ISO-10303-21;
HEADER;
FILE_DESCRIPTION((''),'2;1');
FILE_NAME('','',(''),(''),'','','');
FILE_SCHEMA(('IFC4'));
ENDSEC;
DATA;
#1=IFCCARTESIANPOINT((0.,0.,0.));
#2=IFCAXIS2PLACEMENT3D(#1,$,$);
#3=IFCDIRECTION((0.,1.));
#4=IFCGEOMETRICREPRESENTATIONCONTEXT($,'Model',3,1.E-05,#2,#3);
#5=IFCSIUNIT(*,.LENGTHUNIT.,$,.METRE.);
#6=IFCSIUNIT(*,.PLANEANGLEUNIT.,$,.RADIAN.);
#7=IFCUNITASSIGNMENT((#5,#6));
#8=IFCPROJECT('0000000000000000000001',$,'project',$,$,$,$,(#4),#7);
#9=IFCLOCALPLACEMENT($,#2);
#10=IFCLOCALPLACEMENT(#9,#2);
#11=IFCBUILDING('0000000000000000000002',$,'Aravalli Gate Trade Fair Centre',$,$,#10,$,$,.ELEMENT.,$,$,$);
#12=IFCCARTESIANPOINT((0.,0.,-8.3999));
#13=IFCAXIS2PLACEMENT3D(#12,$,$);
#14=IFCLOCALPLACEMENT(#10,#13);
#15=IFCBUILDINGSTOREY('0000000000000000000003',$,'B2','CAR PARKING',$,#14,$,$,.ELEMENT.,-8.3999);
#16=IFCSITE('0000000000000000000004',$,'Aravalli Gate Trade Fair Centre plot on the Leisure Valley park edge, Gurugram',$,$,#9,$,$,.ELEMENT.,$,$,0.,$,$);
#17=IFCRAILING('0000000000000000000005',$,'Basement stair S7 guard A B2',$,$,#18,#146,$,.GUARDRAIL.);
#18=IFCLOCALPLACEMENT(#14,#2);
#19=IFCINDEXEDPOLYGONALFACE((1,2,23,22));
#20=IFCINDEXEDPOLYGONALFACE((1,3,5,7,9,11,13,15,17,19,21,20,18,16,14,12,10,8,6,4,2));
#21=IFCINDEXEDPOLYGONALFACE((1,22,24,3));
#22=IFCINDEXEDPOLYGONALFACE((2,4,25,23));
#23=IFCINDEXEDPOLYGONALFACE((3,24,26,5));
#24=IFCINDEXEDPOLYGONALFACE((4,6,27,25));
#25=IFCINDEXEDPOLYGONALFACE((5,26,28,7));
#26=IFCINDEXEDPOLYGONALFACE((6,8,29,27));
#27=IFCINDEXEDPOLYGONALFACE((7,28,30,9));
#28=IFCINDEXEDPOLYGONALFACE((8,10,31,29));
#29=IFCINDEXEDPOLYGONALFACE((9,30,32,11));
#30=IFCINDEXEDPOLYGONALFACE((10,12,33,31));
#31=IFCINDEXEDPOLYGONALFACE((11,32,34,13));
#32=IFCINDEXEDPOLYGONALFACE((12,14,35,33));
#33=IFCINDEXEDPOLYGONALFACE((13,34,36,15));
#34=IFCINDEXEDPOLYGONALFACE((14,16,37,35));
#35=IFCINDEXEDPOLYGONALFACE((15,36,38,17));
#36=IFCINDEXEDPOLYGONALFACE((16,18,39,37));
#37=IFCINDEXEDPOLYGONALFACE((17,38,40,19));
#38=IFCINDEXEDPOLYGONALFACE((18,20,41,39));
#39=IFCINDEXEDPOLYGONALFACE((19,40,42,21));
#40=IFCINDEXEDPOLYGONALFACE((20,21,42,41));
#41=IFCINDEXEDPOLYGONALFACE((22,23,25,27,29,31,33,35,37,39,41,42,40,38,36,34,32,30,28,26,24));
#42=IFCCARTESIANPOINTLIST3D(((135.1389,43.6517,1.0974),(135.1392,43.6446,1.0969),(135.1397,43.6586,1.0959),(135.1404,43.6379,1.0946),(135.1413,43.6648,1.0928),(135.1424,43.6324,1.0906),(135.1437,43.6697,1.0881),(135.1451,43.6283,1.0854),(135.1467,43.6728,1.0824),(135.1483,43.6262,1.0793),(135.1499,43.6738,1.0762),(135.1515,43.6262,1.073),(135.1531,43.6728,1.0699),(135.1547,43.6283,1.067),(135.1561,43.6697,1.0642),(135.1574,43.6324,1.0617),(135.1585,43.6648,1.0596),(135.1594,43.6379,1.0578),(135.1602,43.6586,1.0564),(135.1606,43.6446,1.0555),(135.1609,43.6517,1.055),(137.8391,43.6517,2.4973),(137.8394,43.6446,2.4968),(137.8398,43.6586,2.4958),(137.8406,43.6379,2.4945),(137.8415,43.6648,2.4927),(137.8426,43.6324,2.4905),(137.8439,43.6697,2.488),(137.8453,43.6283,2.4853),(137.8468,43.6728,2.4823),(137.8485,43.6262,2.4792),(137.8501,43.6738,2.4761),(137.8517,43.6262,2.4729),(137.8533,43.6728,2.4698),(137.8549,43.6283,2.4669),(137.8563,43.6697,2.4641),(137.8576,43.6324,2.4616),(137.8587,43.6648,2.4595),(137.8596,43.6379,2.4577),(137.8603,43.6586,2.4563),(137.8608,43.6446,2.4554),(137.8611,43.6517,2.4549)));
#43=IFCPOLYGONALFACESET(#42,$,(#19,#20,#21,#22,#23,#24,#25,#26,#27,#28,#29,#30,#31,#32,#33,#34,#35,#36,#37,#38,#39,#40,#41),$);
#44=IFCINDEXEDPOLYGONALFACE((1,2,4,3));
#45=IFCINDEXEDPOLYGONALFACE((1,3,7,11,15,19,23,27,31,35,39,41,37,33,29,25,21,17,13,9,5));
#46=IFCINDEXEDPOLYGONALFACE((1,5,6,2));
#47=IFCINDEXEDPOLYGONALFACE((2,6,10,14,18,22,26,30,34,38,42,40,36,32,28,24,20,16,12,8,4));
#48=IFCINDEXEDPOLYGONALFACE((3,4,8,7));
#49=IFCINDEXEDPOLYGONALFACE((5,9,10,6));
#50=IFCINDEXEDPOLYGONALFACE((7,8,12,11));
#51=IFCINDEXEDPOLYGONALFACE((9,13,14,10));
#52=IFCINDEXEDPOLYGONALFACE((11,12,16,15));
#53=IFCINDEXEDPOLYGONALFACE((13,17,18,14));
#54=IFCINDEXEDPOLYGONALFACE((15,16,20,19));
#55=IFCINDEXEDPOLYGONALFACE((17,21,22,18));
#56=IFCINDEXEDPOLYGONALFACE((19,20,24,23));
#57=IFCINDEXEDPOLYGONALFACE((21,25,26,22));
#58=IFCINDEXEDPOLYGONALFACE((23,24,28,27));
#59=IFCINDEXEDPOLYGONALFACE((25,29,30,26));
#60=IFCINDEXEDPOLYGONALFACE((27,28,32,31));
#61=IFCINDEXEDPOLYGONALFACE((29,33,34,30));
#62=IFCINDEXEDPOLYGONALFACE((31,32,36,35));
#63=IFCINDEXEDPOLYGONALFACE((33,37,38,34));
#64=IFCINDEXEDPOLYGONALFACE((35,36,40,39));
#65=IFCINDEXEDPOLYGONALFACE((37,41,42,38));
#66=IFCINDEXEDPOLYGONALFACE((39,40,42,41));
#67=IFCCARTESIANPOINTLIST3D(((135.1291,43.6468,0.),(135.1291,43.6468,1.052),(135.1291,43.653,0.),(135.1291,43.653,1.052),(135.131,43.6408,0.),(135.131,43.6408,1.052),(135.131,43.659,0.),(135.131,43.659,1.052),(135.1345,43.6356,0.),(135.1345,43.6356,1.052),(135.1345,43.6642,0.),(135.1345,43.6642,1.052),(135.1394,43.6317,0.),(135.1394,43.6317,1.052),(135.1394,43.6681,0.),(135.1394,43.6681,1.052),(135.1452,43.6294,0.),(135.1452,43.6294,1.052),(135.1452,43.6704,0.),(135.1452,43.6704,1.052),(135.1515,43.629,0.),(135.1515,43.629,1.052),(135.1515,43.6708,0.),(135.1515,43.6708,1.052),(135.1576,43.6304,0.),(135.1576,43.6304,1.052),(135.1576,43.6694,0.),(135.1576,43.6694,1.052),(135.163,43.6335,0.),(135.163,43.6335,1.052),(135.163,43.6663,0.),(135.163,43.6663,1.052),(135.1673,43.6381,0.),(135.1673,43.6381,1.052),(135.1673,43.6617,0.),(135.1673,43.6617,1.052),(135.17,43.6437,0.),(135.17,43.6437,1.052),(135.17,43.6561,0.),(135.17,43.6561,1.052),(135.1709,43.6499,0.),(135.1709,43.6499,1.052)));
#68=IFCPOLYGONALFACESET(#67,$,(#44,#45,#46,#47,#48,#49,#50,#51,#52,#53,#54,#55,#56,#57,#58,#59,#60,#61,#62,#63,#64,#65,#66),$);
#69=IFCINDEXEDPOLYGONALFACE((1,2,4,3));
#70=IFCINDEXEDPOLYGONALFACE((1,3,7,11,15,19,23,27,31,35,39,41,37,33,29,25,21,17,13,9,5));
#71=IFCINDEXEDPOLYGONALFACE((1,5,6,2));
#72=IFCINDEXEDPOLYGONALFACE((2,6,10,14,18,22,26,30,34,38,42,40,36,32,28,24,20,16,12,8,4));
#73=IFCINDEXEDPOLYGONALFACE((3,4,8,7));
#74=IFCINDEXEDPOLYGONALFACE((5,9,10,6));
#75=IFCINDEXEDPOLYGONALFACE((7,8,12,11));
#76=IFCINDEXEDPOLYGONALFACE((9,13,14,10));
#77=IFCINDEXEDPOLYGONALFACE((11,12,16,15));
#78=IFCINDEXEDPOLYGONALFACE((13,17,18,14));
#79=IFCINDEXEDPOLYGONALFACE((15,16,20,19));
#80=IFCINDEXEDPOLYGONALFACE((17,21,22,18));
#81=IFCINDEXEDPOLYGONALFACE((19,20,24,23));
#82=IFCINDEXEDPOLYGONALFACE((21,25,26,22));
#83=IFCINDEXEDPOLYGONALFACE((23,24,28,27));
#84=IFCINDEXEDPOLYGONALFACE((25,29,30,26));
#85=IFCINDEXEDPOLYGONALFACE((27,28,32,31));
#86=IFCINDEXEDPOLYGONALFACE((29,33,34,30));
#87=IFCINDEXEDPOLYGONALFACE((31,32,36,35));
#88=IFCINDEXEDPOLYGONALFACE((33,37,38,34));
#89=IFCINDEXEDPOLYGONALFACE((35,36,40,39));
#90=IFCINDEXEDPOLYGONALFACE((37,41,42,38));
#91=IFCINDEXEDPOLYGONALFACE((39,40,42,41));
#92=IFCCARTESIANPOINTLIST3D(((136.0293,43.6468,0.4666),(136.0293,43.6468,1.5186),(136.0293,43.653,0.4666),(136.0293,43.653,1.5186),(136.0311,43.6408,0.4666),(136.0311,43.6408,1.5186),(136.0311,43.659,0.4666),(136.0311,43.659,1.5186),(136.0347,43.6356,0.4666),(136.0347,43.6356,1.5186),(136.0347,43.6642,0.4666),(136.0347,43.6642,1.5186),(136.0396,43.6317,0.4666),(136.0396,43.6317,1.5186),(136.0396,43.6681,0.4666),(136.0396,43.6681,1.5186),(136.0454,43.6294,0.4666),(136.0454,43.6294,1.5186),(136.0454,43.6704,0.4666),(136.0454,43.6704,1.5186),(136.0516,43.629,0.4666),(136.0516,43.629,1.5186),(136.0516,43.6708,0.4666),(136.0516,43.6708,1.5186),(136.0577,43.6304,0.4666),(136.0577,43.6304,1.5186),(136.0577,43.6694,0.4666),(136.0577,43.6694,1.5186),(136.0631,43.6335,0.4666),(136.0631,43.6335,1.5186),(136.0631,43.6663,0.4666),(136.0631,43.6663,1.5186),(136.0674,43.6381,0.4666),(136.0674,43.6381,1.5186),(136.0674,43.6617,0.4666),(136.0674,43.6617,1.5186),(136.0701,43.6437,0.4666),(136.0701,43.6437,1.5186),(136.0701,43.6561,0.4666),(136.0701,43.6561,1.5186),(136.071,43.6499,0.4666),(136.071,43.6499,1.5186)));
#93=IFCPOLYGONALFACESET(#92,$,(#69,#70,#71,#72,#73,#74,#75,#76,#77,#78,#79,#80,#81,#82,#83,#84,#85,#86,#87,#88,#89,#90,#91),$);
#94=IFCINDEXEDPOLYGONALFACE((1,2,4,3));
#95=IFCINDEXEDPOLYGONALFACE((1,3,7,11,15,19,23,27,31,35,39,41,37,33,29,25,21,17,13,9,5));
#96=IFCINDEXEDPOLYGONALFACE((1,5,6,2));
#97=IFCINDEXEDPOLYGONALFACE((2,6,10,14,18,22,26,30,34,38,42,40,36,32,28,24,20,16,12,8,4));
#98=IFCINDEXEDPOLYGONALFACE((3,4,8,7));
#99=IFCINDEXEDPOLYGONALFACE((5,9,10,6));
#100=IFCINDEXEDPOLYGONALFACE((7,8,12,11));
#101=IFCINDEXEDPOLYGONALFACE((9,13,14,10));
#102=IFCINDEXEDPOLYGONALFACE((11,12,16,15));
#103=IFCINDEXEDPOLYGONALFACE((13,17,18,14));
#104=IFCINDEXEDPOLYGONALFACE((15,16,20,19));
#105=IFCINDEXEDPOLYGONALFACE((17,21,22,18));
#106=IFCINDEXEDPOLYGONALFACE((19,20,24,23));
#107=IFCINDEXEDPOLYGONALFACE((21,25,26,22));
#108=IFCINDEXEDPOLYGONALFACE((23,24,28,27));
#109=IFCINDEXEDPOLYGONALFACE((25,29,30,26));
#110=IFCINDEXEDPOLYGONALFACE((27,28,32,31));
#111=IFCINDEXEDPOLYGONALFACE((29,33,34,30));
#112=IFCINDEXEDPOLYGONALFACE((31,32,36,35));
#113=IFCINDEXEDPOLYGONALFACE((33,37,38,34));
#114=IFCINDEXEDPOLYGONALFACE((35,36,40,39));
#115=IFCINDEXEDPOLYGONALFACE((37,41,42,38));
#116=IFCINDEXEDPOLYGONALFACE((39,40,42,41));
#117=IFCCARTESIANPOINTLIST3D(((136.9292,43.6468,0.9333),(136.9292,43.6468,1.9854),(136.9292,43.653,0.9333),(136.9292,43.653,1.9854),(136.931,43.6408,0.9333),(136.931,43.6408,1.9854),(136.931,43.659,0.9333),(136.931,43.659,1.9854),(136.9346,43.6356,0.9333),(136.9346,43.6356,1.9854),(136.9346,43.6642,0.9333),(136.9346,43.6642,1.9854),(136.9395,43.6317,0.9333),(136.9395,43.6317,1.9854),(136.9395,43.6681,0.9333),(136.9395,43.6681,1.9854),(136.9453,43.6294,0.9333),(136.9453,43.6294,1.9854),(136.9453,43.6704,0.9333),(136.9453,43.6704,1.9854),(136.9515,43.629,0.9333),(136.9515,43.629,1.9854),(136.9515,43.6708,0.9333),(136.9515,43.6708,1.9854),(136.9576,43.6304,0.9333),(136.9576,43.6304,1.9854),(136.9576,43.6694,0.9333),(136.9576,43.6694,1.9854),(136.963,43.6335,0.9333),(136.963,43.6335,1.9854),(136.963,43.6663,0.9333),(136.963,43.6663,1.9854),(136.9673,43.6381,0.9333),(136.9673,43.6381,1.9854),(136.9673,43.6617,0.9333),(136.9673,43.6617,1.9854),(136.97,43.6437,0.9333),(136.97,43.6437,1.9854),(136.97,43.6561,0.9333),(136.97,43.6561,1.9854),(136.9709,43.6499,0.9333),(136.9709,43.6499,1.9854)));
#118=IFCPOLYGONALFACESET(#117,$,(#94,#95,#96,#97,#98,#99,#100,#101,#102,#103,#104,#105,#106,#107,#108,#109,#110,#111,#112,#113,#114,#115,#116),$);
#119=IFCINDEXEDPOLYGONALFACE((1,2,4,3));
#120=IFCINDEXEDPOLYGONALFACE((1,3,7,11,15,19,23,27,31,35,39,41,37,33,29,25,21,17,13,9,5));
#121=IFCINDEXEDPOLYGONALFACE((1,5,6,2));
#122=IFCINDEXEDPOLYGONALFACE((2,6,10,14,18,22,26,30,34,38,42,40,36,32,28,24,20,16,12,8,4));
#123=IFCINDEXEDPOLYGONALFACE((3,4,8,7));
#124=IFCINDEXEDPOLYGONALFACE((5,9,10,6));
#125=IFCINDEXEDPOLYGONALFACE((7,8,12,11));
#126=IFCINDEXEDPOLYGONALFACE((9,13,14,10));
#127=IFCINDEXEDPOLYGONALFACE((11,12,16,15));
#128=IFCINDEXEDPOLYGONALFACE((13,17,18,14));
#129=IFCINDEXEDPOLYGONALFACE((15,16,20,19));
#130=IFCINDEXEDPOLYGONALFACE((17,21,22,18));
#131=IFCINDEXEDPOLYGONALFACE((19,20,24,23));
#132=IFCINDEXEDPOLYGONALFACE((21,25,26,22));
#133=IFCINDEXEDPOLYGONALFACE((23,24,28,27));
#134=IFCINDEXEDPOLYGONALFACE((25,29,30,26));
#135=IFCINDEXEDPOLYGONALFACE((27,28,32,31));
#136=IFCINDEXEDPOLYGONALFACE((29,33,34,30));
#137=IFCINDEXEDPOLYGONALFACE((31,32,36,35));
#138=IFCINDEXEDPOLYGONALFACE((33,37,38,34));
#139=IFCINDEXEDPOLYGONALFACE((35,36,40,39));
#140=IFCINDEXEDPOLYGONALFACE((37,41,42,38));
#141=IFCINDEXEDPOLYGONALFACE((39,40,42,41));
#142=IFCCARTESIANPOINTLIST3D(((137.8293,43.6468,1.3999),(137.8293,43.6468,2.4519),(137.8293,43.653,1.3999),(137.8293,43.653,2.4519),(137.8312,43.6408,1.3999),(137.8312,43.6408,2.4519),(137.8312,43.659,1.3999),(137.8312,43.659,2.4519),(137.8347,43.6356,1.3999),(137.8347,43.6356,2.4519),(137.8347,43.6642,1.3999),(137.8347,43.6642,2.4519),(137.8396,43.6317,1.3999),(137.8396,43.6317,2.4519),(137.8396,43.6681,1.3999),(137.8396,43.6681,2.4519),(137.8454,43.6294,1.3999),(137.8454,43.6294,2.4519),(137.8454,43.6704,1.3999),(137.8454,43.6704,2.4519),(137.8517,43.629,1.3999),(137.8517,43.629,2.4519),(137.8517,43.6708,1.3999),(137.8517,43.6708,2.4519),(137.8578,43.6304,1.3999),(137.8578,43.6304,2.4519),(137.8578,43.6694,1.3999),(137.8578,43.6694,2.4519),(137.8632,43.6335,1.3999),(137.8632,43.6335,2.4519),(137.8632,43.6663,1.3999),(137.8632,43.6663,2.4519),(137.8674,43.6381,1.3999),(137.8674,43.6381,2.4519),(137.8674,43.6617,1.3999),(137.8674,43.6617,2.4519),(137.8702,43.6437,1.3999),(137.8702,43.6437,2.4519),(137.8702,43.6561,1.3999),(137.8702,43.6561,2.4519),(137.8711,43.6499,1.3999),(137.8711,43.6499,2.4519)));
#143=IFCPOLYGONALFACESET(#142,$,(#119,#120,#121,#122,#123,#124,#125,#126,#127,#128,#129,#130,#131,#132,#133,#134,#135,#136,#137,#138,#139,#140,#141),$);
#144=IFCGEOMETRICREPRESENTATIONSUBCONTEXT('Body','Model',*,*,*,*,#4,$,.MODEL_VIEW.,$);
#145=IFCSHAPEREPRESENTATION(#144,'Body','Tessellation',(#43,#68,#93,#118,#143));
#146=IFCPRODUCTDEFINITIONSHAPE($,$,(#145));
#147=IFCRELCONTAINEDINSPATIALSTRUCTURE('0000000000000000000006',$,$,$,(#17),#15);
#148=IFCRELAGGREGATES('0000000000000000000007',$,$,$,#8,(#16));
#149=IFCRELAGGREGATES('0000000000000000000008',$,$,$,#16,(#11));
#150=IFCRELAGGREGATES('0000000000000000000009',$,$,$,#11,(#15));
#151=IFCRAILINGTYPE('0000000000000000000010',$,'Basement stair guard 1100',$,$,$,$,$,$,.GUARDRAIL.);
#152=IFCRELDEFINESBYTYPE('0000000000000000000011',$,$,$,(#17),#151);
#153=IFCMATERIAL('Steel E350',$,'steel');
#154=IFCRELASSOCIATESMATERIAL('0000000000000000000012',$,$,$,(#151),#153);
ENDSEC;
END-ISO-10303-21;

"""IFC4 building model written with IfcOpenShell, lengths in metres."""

from ifc_helpers import new_model, si_unit, direction, frame, origin, origin_2d, place, context, subcontext, project, spatial, circle, extrude, material, type_object, element, save


model = new_model("IFC4")

# Units and contexts
model_context = context("Model", 3, precision=1e-05, world=origin(), true_north=direction((0.0, 1.0)))
body_context = subcontext(model_context, "Body", "Model", "MODEL_VIEW")
ifc_project = project(units=[si_unit("LENGTHUNIT", "METRE"), si_unit("PLANEANGLEUNIT", "RADIAN")], contexts=[model_context])

# Site, building, storey
site_placement = place(None, origin())
site = spatial("IfcSite", under=ifc_project, at=site_placement, Name="Aravalli Gate Trade Fair Centre plot on the Leisure Valley park edge, Gurugram", CompositionType="ELEMENT", RefElevation=0.0)
building_placement = place(site_placement, origin())
building = spatial("IfcBuilding", under=site, at=building_placement, Name="Aravalli Gate Trade Fair Centre", CompositionType="ELEMENT")
storey_placement = place(building_placement, frame((0.0, 0.0, -8.3999)))
storey = spatial("IfcBuildingStorey", under=building, at=storey_placement, Name="B2", Description="CAR PARKING", CompositionType="ELEMENT", Elevation=-8.3999)

# Railing
ifc_material_1 = material(Name="Steel E350", Category="steel")
railing_type = type_object("IfcRailingType", Name="Basement stair guard 1100", PredefinedType="GUARDRAIL", material=ifc_material_1)
railing_1_placement = place(storey_placement, frame((135.1499, 43.6499, 0.0)))
element("IfcRailing", 1, at=railing_1_placement, inside=storey, type_object=railing_type, Name="Basement stair S7 guard A B2", PredefinedType="GUARDRAIL", context=body_context, shape_type="SweptSolid", body=[
    extrude(circle(Radius=0.0239, at=origin_2d()), frame((0.0, 0.0, 1.0762), z_axis=(0.887781, 0.0, 0.460266), x_axis=(0.0, 1.0, 0.0)), (0.0, 0.0, 1.0), 3.0415),
    extrude(circle(Radius=0.021, at=origin_2d()), origin(), (0.0, 0.0, 1.0), 1.052),
    extrude(circle(Radius=0.021, at=origin_2d()), frame((0.9001, 0.0, 0.4666)), (0.0, 0.0, 1.0), 1.052),
    extrude(circle(Radius=0.021, at=origin_2d()), frame((1.8, 0.0, 0.9333)), (0.0, 0.0, 1.0), 1.052),
    extrude(circle(Radius=0.021, at=origin_2d()), frame((2.7002, 0.0, 1.3999)), (0.0, 0.0, 1.0), 1.052),
])

save(model, "model.ifc")
